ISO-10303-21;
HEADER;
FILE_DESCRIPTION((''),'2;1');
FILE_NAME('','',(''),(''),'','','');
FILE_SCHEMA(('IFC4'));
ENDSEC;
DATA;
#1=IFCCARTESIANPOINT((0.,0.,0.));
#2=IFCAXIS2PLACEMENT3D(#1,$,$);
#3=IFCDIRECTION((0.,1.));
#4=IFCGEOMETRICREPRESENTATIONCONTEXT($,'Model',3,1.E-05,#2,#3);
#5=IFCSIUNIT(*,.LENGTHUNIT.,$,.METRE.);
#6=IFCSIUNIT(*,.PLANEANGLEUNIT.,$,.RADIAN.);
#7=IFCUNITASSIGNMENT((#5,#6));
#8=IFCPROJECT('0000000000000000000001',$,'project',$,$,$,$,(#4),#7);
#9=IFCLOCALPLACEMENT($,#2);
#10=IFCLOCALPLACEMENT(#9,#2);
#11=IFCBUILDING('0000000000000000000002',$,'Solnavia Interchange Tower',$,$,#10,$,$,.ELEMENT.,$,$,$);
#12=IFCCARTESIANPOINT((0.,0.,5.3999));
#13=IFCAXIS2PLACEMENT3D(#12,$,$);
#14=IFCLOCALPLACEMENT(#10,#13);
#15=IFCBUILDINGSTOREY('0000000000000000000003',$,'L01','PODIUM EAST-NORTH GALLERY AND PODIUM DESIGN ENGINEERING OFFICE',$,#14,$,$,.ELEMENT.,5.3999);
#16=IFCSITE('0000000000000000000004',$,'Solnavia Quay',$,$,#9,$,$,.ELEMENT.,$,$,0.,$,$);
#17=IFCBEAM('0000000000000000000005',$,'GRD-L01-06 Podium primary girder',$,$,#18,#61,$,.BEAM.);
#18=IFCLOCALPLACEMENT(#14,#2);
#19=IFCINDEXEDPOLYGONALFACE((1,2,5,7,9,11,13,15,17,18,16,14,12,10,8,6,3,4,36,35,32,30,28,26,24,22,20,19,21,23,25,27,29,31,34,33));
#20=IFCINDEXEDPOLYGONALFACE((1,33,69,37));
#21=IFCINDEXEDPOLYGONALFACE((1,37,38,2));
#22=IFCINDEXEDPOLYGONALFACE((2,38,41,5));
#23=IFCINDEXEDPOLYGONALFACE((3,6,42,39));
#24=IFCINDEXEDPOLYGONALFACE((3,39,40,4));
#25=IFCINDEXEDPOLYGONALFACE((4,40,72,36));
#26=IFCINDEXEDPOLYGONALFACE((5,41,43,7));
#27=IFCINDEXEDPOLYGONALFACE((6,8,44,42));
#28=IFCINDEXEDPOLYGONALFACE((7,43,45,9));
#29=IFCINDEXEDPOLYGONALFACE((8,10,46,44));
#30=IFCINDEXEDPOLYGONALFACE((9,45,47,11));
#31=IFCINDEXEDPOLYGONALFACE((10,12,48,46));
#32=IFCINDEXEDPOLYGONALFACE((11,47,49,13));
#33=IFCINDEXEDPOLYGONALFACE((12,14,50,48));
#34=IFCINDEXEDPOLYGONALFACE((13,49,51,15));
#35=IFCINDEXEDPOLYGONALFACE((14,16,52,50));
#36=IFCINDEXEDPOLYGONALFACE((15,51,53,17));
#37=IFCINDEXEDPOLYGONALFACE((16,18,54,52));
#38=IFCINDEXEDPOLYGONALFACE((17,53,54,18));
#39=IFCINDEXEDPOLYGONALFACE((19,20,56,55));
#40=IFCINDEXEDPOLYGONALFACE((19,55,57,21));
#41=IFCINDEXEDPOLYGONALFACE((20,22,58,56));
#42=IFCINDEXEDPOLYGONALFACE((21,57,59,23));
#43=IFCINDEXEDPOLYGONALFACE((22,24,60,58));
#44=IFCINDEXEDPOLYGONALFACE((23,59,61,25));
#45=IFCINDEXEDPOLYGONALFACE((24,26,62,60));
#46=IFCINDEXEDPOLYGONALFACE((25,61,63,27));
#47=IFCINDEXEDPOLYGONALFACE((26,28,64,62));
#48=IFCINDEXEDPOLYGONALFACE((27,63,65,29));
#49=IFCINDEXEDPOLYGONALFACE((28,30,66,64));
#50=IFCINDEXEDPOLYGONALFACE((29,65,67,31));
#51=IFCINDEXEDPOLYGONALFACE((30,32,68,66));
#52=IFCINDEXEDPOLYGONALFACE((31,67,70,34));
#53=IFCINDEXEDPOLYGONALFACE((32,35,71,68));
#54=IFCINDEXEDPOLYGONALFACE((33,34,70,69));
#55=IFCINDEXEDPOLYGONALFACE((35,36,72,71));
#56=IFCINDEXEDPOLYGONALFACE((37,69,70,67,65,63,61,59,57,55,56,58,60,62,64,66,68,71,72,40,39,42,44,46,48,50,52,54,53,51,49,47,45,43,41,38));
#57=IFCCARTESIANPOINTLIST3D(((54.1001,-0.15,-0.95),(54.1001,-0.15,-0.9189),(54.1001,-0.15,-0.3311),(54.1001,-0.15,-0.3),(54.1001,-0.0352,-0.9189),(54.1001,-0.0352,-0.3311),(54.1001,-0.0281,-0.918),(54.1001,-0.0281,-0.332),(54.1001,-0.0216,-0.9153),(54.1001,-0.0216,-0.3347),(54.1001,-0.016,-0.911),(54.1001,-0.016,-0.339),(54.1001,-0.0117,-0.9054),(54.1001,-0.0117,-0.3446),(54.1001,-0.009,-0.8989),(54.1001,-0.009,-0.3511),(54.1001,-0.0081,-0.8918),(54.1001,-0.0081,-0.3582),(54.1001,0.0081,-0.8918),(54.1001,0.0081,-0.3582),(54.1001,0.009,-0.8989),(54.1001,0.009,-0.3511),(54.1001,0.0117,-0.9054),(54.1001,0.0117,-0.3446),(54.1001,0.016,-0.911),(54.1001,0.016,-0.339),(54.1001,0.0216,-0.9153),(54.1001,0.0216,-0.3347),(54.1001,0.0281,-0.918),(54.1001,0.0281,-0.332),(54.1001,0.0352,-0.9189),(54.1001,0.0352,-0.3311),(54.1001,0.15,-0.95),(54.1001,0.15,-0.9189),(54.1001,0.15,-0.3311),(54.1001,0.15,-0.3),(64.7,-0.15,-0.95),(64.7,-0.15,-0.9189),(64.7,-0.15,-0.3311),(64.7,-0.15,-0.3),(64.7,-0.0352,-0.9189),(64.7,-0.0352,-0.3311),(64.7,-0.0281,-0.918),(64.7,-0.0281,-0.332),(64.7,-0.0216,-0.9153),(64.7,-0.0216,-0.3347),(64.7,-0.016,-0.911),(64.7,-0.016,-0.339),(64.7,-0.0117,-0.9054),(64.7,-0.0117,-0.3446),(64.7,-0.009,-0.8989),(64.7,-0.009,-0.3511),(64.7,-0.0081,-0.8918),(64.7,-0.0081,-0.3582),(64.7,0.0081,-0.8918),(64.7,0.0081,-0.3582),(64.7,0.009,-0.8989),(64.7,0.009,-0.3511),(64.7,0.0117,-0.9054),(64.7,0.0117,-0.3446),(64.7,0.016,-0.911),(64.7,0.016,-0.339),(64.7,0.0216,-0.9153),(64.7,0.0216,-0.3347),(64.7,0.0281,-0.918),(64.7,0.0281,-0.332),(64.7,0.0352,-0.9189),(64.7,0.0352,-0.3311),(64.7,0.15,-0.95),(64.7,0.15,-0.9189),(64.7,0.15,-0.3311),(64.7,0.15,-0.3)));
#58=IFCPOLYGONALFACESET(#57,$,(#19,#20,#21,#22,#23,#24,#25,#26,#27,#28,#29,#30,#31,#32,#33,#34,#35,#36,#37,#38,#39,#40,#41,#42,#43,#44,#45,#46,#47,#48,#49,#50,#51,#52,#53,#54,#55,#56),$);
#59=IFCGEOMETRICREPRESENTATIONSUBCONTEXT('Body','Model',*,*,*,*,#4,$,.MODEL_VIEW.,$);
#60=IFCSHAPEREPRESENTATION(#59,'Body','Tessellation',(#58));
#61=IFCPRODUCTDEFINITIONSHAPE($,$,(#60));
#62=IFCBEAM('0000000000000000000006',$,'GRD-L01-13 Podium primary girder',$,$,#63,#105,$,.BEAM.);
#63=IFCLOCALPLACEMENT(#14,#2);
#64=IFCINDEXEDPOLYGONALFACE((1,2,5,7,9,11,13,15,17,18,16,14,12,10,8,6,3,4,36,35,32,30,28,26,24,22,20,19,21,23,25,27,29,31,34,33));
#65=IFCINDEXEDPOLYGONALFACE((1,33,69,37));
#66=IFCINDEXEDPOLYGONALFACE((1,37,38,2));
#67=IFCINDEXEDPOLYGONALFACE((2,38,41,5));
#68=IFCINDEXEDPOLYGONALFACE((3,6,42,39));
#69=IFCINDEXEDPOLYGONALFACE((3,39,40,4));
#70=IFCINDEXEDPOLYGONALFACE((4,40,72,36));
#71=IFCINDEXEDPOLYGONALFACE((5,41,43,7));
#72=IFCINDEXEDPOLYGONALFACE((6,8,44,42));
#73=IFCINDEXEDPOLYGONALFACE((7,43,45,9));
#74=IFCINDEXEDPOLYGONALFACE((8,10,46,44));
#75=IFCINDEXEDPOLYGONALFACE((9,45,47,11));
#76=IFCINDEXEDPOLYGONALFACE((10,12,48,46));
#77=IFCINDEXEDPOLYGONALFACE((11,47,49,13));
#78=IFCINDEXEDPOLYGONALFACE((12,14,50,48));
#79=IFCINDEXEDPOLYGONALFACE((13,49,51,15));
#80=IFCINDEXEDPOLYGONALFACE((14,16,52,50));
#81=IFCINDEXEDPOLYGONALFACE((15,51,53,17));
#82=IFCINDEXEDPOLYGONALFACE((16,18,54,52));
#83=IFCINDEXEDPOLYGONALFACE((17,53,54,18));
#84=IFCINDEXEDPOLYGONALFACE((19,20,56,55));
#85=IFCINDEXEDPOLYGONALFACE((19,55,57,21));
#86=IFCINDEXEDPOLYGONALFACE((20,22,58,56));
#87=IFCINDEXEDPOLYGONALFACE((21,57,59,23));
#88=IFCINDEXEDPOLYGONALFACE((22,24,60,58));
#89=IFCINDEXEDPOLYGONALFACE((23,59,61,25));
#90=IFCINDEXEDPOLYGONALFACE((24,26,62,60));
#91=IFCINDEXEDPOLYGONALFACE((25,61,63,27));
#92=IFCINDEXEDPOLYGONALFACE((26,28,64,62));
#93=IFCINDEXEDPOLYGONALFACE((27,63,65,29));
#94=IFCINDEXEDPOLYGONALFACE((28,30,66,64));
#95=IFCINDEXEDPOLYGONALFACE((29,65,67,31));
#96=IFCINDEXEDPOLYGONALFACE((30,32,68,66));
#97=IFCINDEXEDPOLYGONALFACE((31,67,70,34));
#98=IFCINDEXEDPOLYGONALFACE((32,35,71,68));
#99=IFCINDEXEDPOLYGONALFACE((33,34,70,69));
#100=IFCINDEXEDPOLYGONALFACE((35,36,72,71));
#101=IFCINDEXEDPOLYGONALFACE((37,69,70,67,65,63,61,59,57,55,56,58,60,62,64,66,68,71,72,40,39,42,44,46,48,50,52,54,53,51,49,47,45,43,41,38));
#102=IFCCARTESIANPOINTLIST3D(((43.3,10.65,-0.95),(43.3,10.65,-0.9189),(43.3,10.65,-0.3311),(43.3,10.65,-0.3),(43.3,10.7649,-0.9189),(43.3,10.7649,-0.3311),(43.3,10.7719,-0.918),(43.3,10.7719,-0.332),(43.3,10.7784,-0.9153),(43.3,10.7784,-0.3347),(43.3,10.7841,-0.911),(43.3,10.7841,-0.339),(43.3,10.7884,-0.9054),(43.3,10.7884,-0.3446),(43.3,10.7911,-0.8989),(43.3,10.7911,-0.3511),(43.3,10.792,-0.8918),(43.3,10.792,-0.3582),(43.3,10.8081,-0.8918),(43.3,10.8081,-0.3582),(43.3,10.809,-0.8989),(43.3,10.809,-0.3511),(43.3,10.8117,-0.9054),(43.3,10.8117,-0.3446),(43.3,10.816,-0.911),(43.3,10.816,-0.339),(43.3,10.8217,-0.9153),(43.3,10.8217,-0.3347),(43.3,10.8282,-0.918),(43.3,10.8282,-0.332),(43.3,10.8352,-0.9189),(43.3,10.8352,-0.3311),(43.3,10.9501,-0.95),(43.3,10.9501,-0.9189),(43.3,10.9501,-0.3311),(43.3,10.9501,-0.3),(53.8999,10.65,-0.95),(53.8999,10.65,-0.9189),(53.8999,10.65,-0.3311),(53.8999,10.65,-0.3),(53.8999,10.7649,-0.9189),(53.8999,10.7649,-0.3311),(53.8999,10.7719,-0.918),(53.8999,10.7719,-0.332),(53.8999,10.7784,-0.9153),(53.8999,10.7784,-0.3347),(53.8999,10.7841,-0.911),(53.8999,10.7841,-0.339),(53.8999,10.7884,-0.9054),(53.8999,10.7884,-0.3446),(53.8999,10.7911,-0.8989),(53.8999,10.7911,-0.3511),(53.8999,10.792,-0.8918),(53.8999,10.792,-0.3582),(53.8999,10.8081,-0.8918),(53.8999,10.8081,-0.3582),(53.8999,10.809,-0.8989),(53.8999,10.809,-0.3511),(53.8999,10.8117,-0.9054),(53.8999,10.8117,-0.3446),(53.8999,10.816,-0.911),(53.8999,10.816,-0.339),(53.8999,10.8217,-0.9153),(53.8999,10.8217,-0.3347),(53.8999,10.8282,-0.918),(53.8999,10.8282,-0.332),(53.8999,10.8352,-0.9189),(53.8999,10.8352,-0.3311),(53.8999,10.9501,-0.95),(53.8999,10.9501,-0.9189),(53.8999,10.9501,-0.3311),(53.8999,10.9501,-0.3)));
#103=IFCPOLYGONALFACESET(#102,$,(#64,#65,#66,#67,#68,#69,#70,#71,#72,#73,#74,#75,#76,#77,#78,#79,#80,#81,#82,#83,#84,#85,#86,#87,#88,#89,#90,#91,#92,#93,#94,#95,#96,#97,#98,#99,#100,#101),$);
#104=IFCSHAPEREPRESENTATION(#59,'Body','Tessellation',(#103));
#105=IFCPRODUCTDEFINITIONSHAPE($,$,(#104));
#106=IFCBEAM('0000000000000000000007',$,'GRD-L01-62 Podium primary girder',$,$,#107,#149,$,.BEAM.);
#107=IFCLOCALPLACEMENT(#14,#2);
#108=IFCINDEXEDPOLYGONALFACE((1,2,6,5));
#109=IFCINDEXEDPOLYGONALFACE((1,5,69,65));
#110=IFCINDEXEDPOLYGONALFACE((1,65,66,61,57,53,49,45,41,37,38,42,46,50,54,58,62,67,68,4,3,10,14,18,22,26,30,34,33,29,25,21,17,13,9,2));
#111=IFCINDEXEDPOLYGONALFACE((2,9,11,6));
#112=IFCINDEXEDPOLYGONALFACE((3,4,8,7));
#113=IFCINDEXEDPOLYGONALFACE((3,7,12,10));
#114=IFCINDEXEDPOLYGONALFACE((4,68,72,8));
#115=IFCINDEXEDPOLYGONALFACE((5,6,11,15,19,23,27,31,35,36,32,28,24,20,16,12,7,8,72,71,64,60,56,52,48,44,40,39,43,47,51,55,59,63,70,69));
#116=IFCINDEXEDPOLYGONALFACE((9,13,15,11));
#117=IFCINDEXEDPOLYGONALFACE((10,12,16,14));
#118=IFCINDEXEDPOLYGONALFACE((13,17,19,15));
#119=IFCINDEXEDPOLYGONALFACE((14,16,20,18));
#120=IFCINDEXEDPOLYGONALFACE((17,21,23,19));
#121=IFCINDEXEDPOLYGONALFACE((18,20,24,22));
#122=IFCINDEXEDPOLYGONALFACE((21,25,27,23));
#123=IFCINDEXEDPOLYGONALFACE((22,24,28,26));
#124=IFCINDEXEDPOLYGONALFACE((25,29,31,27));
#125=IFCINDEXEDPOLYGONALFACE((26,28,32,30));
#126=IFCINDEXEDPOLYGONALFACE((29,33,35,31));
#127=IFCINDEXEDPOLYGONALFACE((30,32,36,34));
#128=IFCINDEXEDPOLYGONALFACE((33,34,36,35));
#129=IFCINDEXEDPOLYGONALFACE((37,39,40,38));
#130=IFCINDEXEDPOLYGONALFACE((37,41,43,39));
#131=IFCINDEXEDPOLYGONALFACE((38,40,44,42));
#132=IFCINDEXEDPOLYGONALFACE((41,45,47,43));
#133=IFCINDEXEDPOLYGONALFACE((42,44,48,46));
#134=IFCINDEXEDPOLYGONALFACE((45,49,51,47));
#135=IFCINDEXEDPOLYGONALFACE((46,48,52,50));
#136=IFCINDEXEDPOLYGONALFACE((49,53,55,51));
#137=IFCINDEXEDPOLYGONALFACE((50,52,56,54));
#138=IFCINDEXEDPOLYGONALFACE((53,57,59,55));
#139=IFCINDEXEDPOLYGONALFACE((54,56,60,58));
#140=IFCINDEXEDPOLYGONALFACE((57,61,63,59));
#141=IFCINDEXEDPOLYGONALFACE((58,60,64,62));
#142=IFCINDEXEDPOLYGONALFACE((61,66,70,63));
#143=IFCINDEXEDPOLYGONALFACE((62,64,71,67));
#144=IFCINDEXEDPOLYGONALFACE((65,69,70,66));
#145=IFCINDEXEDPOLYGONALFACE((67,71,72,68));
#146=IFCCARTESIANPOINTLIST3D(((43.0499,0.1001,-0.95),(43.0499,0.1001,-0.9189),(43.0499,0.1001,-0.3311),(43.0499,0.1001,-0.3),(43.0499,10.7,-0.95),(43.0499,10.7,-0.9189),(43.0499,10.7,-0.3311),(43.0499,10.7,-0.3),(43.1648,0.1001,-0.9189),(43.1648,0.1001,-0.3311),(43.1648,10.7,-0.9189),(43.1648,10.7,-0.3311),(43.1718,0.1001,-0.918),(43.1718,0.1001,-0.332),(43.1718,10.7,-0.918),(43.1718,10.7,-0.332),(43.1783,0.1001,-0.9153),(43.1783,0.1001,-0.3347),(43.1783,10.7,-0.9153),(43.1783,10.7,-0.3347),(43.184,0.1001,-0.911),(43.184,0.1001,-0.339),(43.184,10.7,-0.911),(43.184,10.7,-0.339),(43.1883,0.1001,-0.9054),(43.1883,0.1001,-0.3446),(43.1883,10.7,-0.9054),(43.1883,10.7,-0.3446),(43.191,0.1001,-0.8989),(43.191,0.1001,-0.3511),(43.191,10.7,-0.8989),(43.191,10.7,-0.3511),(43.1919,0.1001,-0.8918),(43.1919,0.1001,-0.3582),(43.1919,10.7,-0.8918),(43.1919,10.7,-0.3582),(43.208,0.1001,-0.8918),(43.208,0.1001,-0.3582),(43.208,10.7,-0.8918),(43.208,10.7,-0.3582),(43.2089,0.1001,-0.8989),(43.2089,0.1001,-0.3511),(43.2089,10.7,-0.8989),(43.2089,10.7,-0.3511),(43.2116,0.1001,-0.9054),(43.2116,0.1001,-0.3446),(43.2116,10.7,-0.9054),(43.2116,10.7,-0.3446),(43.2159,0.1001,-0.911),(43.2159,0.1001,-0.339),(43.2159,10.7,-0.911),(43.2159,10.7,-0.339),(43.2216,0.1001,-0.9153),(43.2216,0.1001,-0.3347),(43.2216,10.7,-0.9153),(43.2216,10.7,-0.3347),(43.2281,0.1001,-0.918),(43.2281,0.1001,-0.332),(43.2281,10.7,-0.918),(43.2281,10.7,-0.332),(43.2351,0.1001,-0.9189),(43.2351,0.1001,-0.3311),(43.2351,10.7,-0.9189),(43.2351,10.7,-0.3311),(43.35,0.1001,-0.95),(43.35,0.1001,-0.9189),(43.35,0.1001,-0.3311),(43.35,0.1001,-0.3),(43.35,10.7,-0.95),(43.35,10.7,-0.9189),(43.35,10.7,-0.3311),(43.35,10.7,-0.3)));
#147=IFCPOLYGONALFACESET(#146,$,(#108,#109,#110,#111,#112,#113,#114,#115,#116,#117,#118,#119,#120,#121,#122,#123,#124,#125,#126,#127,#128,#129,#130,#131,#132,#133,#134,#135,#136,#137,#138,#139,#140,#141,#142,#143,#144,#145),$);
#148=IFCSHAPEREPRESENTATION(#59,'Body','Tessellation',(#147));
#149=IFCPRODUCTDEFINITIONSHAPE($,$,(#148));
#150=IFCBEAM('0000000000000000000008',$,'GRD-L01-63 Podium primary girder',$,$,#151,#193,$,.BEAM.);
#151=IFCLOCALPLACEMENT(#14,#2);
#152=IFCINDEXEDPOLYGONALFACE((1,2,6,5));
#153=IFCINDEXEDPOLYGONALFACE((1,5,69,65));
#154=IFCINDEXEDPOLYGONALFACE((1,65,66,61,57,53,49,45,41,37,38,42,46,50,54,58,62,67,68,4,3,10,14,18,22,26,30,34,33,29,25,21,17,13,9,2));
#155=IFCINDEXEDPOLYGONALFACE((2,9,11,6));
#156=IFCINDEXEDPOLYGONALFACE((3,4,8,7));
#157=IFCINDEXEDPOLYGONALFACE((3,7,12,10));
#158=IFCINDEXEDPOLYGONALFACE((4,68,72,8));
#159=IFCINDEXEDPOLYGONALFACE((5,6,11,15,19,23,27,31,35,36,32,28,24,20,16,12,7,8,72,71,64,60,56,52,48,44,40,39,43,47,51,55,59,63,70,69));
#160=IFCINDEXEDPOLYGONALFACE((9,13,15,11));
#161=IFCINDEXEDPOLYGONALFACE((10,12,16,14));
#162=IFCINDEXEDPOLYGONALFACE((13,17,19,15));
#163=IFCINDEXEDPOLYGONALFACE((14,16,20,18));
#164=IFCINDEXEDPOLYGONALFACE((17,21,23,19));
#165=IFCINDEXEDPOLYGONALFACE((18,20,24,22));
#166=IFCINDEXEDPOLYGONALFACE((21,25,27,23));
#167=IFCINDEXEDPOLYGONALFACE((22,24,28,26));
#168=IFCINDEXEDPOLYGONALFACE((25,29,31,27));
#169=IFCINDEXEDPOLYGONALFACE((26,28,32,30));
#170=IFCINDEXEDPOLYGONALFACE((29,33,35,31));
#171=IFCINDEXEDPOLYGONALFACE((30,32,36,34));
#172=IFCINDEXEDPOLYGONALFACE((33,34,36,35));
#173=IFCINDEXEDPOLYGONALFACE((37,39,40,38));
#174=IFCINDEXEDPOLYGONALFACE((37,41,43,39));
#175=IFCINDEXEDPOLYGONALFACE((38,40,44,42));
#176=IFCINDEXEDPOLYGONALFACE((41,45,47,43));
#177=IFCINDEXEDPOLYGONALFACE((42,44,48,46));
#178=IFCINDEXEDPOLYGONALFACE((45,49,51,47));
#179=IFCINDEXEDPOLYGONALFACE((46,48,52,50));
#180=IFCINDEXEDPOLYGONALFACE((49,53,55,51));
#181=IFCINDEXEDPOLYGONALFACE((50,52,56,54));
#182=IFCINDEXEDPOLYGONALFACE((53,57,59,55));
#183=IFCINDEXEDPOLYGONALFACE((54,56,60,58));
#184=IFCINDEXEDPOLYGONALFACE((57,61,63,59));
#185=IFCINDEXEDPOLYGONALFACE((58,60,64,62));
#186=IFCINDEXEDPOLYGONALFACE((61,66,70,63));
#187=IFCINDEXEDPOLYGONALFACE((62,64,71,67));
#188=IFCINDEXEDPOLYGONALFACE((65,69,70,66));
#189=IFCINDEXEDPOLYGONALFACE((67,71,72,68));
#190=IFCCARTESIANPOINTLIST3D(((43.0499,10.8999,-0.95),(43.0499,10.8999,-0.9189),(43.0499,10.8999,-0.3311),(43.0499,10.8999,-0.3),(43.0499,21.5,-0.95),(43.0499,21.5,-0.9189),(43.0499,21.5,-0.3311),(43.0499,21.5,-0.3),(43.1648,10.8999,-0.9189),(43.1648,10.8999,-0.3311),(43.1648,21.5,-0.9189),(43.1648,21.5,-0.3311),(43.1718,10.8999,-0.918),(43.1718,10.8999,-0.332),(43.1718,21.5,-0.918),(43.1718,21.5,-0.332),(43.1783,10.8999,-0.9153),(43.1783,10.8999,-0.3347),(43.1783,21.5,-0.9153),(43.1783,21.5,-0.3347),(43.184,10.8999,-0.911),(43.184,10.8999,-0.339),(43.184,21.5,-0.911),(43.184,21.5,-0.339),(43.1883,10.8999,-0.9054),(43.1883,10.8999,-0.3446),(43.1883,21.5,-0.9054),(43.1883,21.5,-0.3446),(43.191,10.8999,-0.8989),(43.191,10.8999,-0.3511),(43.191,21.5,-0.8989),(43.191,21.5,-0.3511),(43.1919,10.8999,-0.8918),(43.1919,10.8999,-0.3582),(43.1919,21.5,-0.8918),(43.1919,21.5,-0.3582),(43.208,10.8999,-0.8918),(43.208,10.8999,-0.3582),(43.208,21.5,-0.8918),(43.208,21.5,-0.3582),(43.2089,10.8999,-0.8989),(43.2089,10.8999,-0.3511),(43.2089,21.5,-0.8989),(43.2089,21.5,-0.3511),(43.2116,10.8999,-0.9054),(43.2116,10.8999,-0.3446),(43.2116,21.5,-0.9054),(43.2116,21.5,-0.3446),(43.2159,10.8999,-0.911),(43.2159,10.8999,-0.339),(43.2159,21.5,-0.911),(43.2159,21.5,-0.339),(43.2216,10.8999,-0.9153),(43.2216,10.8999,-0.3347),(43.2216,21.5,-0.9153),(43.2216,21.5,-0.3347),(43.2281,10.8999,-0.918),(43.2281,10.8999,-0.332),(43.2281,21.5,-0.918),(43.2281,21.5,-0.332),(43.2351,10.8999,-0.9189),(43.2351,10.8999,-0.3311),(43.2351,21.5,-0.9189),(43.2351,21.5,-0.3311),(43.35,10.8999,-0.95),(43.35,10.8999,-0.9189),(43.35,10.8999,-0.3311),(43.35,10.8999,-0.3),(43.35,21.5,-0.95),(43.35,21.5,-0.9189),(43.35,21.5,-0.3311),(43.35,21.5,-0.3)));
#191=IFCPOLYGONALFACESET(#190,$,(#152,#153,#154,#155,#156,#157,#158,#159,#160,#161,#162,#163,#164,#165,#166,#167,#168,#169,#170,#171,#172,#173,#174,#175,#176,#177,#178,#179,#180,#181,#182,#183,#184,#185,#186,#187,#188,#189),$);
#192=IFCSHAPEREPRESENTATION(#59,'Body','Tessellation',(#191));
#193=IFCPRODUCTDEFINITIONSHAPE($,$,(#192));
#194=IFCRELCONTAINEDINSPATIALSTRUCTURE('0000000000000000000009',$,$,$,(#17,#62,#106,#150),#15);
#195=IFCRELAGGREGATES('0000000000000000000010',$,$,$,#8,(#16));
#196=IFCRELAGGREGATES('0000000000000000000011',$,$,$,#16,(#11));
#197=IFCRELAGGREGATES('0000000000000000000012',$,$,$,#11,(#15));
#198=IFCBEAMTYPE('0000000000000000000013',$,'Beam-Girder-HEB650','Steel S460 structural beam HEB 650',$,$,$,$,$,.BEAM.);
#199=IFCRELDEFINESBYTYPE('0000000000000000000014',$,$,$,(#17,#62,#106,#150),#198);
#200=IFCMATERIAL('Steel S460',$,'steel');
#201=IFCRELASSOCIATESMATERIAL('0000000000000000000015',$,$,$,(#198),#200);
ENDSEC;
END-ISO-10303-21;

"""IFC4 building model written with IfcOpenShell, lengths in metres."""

from ifc_helpers import new_model, si_unit, direction, frame, origin, origin_2d, place, context, subcontext, project, spatial, i_section, extrude, material, material_profile, profile_set, type_object, element, save


model = new_model("IFC4")

# Units and contexts
model_context = context("Model", 3, precision=1e-05, world=origin(), true_north=direction((0.0, 1.0)))
body_context = subcontext(model_context, "Body", "Model", "MODEL_VIEW")
ifc_project = project(units=[si_unit("LENGTHUNIT", "METRE"), si_unit("PLANEANGLEUNIT", "RADIAN")], contexts=[model_context])

# Site, building, storey
site_placement = place(None, origin())
site = spatial("IfcSite", under=ifc_project, at=site_placement, Name="Solnavia Quay", CompositionType="ELEMENT", RefElevation=0.0)
building_placement = place(site_placement, origin())
building = spatial("IfcBuilding", under=site, at=building_placement, Name="Solnavia Interchange Tower", CompositionType="ELEMENT")
storey_placement = place(building_placement, frame((0.0, 0.0, 5.3999)))
storey = spatial("IfcBuildingStorey", under=building, at=storey_placement, Name="L01", Description="PODIUM EAST-NORTH GALLERY AND PODIUM DESIGN ENGINEERING OFFICE", CompositionType="ELEMENT", Elevation=5.3999)

# Beams
ifc_material_1 = material(Name="Steel S460", Category="steel")
ifc_material_profile_1 = material_profile(ifc_material_1, i_section(OverallWidth=0.3, OverallDepth=0.6499, WebThickness=0.0161, FlangeThickness=0.031, FilletRadius=0.0271, at=origin_2d()), Name="HEB 650")
ifc_profile_set_1 = profile_set([ifc_material_profile_1], Name="Steel S460")
beam_type_1 = type_object("IfcBeamType", Name="Beam-Girder-HEB650", Description="Steel S460 structural beam HEB 650", PredefinedType="BEAM", material=ifc_profile_set_1)
for number, where, z_axis, x_axis, name in (
    (1, (54.1001, 0.0, -0.625), (1.0, 0.0, 0.0), (0.0, 1.0, 0.0), "GRD-L01-06 Podium primary girder"),
    (2, (43.3, 10.8, -0.625), (1.0, 0.0, 0.0), (0.0, 1.0, 0.0), "GRD-L01-13 Podium primary girder"),
    (3, (43.2, 0.1001, -0.625), (0.0, 1.0, 0.0), (-1.0, 0.0, 0.0), "GRD-L01-62 Podium primary girder"),
):
    element("IfcBeam", number, at=place(storey_placement, frame(where, z_axis=z_axis, x_axis=x_axis)), inside=storey, type_object=beam_type_1, Name=name, PredefinedType="BEAM", context=body_context, shape_type="SweptSolid", body=[
        extrude(i_section(OverallWidth=0.3, OverallDepth=0.6499, WebThickness=0.0161, FlangeThickness=0.031, FilletRadius=0.0271, at=origin_2d()), origin(), (0.0, 0.0, 1.0), 10.5999),
    ])
beam_1_placement = place(storey_placement, frame((43.2, 10.8999, -0.625), z_axis=(0.0, 1.0, 0.0), x_axis=(-1.0, 0.0, 0.0)))
element("IfcBeam", 4, at=beam_1_placement, inside=storey, type_object=beam_type_1, Name="GRD-L01-63 Podium primary girder", PredefinedType="BEAM", context=body_context, shape_type="SweptSolid", body=[
    extrude(i_section(OverallWidth=0.3, OverallDepth=0.6499, WebThickness=0.0161, FlangeThickness=0.031, FilletRadius=0.0271, at=origin_2d()), origin(), (0.0, 0.0, 1.0), 10.6001),
])

save(model, "model.ifc")
